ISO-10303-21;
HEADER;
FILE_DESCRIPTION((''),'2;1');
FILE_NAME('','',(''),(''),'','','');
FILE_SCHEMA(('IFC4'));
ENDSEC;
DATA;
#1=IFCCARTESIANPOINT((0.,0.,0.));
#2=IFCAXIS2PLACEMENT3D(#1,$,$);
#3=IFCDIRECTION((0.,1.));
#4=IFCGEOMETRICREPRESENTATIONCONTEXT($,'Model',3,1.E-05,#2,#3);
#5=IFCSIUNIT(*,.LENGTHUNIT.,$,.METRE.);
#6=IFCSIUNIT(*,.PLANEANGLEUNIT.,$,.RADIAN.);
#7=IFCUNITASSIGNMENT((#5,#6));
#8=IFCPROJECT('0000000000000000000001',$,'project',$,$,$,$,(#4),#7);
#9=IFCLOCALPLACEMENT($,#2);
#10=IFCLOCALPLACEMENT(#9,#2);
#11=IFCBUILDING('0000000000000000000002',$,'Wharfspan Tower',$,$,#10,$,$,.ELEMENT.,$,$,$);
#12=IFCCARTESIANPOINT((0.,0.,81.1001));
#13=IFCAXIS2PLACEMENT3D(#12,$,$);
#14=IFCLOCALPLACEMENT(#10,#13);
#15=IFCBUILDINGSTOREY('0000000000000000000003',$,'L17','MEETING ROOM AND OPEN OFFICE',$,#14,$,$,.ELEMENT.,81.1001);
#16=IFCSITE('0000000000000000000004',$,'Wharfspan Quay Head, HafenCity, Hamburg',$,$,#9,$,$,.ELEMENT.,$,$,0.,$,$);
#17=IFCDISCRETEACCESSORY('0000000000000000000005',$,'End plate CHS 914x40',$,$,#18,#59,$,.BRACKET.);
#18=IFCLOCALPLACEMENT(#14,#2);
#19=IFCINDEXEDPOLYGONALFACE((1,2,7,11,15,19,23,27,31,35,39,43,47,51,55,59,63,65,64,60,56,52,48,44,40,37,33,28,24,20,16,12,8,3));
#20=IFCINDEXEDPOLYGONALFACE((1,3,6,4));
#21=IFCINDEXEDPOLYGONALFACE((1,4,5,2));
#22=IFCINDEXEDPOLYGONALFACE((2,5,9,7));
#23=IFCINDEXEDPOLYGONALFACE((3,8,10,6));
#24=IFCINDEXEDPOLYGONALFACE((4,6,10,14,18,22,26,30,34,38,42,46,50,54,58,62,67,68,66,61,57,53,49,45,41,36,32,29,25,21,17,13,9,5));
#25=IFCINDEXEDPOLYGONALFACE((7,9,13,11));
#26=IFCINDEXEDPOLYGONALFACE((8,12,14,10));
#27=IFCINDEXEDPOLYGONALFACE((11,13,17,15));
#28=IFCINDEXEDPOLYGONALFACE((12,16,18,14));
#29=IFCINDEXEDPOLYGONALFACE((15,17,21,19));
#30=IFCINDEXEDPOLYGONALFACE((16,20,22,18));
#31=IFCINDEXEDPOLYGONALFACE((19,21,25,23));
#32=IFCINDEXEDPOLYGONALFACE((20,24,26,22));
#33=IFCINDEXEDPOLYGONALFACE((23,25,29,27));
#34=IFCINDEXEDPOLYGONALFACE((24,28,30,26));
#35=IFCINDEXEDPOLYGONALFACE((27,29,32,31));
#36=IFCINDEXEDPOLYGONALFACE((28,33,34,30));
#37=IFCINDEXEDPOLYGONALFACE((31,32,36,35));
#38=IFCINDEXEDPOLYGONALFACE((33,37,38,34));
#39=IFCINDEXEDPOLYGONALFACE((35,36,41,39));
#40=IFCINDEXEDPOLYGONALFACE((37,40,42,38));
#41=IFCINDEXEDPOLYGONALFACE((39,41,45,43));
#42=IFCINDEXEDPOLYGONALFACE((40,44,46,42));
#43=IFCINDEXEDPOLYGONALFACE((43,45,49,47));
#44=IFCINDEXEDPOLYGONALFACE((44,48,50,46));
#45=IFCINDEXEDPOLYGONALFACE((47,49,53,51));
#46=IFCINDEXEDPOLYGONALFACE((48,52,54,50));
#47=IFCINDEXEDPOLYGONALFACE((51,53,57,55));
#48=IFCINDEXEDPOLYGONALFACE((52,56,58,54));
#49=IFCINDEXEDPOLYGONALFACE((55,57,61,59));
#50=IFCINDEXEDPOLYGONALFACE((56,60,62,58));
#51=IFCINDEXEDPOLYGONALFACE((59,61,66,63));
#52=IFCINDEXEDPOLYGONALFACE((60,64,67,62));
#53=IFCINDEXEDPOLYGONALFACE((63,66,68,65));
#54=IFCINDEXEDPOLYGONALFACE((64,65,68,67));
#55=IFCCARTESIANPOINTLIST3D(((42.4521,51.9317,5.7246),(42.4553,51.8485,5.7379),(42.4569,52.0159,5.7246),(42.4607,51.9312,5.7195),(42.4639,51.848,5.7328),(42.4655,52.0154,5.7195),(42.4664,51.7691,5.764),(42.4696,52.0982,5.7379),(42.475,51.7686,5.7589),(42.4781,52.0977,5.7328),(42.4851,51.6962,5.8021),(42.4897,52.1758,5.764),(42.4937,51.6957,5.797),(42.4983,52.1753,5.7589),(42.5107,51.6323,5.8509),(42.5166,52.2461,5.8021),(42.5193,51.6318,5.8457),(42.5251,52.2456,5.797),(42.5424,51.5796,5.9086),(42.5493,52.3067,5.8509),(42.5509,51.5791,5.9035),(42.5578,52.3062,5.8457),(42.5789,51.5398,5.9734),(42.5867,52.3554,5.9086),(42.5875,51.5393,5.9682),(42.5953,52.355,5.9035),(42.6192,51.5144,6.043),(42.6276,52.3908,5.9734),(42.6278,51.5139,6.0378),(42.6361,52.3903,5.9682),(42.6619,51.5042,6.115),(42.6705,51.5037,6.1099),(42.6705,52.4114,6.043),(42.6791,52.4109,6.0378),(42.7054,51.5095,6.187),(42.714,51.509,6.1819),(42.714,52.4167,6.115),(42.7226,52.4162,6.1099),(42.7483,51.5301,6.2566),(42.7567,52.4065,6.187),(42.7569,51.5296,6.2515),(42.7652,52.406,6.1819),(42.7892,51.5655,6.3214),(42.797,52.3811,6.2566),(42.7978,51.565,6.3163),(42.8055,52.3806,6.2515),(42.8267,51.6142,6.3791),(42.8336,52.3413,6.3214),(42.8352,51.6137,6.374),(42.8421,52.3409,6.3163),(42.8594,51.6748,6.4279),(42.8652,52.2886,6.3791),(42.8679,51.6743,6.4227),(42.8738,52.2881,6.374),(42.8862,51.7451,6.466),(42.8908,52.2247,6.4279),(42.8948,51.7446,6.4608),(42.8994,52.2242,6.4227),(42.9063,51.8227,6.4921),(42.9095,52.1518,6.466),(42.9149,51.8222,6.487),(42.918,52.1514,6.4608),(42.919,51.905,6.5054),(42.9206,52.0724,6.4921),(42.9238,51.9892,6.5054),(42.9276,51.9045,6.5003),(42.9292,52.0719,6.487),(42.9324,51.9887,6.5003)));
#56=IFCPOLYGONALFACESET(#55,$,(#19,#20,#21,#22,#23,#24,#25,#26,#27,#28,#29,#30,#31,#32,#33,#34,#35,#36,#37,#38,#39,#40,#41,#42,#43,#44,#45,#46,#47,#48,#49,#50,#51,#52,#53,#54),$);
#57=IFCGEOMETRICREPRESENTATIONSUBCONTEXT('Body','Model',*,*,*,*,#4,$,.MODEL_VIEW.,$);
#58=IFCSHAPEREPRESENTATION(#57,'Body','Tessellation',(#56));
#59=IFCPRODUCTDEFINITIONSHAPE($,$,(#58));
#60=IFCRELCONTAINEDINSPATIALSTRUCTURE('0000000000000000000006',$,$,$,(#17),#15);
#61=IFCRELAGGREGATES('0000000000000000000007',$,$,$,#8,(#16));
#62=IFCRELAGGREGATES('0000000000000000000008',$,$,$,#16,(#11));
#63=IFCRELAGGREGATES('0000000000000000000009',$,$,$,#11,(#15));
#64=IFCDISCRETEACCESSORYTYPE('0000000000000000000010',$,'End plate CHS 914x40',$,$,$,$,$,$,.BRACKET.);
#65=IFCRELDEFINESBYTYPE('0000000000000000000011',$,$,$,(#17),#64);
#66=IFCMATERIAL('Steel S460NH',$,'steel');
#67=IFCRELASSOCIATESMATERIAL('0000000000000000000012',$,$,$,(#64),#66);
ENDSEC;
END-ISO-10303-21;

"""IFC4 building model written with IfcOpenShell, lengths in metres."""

from ifc_helpers import new_model, si_unit, direction, frame, origin, origin_2d, place, context, subcontext, project, spatial, circle, extrude, material, material_profile, profile_set, type_object, element, save


model = new_model("IFC4")

# Units and contexts
model_context = context("Model", 3, precision=1e-05, world=origin(), true_north=direction((0.0, 1.0)))
body_context = subcontext(model_context, "Body", "Model", "MODEL_VIEW")
ifc_project = project(units=[si_unit("LENGTHUNIT", "METRE"), si_unit("PLANEANGLEUNIT", "RADIAN")], contexts=[model_context])

# Site, building, storey
site_placement = place(None, origin())
site = spatial("IfcSite", under=ifc_project, at=site_placement, Name="Wharfspan Quay Head, HafenCity, Hamburg", CompositionType="ELEMENT", RefElevation=0.0)
building_placement = place(site_placement, origin())
building = spatial("IfcBuilding", under=site, at=building_placement, Name="Wharfspan Tower", CompositionType="ELEMENT")
storey_placement = place(building_placement, frame((0.0, 0.0, 81.1001)))
storey = spatial("IfcBuildingStorey", under=building, at=storey_placement, Name="L17", Description="MEETING ROOM AND OPEN OFFICE", CompositionType="ELEMENT", Elevation=81.1001)

# Shared definitions
ifc_material_1 = material(Name="Steel S460NH", Category="steel")

# Discrete accessory
ifc_material_profile_1 = material_profile(ifc_material_1, circle(Radius=0.457, at=origin_2d()))
ifc_profile_set_1 = profile_set([ifc_material_profile_1], Name="Steel S460NH")
discrete_accessory_type = type_object("IfcDiscreteAccessoryType", Name="End plate CHS 914x40", PredefinedType="BRACKET", material=ifc_profile_set_1)
for number, where, z_axis, x_axis, name in (
    (1, (42.6965, 51.96, 6.1099), (-0.856465, 0.048941, 0.513879), (-0.05705, -0.998372, 0.0), "End plate CHS 914x40"),
):
    element("IfcDiscreteAccessory", number, at=place(storey_placement, frame(where, z_axis=z_axis, x_axis=x_axis)), inside=storey, type_object=discrete_accessory_type, Name=name, PredefinedType="BRACKET", context=body_context, shape_type="SweptSolid", body=[
        extrude(circle(Radius=0.457, at=origin_2d()), origin(), (0.0, 0.0, 1.0), 0.01),
    ])

save(model, "model.ifc")
